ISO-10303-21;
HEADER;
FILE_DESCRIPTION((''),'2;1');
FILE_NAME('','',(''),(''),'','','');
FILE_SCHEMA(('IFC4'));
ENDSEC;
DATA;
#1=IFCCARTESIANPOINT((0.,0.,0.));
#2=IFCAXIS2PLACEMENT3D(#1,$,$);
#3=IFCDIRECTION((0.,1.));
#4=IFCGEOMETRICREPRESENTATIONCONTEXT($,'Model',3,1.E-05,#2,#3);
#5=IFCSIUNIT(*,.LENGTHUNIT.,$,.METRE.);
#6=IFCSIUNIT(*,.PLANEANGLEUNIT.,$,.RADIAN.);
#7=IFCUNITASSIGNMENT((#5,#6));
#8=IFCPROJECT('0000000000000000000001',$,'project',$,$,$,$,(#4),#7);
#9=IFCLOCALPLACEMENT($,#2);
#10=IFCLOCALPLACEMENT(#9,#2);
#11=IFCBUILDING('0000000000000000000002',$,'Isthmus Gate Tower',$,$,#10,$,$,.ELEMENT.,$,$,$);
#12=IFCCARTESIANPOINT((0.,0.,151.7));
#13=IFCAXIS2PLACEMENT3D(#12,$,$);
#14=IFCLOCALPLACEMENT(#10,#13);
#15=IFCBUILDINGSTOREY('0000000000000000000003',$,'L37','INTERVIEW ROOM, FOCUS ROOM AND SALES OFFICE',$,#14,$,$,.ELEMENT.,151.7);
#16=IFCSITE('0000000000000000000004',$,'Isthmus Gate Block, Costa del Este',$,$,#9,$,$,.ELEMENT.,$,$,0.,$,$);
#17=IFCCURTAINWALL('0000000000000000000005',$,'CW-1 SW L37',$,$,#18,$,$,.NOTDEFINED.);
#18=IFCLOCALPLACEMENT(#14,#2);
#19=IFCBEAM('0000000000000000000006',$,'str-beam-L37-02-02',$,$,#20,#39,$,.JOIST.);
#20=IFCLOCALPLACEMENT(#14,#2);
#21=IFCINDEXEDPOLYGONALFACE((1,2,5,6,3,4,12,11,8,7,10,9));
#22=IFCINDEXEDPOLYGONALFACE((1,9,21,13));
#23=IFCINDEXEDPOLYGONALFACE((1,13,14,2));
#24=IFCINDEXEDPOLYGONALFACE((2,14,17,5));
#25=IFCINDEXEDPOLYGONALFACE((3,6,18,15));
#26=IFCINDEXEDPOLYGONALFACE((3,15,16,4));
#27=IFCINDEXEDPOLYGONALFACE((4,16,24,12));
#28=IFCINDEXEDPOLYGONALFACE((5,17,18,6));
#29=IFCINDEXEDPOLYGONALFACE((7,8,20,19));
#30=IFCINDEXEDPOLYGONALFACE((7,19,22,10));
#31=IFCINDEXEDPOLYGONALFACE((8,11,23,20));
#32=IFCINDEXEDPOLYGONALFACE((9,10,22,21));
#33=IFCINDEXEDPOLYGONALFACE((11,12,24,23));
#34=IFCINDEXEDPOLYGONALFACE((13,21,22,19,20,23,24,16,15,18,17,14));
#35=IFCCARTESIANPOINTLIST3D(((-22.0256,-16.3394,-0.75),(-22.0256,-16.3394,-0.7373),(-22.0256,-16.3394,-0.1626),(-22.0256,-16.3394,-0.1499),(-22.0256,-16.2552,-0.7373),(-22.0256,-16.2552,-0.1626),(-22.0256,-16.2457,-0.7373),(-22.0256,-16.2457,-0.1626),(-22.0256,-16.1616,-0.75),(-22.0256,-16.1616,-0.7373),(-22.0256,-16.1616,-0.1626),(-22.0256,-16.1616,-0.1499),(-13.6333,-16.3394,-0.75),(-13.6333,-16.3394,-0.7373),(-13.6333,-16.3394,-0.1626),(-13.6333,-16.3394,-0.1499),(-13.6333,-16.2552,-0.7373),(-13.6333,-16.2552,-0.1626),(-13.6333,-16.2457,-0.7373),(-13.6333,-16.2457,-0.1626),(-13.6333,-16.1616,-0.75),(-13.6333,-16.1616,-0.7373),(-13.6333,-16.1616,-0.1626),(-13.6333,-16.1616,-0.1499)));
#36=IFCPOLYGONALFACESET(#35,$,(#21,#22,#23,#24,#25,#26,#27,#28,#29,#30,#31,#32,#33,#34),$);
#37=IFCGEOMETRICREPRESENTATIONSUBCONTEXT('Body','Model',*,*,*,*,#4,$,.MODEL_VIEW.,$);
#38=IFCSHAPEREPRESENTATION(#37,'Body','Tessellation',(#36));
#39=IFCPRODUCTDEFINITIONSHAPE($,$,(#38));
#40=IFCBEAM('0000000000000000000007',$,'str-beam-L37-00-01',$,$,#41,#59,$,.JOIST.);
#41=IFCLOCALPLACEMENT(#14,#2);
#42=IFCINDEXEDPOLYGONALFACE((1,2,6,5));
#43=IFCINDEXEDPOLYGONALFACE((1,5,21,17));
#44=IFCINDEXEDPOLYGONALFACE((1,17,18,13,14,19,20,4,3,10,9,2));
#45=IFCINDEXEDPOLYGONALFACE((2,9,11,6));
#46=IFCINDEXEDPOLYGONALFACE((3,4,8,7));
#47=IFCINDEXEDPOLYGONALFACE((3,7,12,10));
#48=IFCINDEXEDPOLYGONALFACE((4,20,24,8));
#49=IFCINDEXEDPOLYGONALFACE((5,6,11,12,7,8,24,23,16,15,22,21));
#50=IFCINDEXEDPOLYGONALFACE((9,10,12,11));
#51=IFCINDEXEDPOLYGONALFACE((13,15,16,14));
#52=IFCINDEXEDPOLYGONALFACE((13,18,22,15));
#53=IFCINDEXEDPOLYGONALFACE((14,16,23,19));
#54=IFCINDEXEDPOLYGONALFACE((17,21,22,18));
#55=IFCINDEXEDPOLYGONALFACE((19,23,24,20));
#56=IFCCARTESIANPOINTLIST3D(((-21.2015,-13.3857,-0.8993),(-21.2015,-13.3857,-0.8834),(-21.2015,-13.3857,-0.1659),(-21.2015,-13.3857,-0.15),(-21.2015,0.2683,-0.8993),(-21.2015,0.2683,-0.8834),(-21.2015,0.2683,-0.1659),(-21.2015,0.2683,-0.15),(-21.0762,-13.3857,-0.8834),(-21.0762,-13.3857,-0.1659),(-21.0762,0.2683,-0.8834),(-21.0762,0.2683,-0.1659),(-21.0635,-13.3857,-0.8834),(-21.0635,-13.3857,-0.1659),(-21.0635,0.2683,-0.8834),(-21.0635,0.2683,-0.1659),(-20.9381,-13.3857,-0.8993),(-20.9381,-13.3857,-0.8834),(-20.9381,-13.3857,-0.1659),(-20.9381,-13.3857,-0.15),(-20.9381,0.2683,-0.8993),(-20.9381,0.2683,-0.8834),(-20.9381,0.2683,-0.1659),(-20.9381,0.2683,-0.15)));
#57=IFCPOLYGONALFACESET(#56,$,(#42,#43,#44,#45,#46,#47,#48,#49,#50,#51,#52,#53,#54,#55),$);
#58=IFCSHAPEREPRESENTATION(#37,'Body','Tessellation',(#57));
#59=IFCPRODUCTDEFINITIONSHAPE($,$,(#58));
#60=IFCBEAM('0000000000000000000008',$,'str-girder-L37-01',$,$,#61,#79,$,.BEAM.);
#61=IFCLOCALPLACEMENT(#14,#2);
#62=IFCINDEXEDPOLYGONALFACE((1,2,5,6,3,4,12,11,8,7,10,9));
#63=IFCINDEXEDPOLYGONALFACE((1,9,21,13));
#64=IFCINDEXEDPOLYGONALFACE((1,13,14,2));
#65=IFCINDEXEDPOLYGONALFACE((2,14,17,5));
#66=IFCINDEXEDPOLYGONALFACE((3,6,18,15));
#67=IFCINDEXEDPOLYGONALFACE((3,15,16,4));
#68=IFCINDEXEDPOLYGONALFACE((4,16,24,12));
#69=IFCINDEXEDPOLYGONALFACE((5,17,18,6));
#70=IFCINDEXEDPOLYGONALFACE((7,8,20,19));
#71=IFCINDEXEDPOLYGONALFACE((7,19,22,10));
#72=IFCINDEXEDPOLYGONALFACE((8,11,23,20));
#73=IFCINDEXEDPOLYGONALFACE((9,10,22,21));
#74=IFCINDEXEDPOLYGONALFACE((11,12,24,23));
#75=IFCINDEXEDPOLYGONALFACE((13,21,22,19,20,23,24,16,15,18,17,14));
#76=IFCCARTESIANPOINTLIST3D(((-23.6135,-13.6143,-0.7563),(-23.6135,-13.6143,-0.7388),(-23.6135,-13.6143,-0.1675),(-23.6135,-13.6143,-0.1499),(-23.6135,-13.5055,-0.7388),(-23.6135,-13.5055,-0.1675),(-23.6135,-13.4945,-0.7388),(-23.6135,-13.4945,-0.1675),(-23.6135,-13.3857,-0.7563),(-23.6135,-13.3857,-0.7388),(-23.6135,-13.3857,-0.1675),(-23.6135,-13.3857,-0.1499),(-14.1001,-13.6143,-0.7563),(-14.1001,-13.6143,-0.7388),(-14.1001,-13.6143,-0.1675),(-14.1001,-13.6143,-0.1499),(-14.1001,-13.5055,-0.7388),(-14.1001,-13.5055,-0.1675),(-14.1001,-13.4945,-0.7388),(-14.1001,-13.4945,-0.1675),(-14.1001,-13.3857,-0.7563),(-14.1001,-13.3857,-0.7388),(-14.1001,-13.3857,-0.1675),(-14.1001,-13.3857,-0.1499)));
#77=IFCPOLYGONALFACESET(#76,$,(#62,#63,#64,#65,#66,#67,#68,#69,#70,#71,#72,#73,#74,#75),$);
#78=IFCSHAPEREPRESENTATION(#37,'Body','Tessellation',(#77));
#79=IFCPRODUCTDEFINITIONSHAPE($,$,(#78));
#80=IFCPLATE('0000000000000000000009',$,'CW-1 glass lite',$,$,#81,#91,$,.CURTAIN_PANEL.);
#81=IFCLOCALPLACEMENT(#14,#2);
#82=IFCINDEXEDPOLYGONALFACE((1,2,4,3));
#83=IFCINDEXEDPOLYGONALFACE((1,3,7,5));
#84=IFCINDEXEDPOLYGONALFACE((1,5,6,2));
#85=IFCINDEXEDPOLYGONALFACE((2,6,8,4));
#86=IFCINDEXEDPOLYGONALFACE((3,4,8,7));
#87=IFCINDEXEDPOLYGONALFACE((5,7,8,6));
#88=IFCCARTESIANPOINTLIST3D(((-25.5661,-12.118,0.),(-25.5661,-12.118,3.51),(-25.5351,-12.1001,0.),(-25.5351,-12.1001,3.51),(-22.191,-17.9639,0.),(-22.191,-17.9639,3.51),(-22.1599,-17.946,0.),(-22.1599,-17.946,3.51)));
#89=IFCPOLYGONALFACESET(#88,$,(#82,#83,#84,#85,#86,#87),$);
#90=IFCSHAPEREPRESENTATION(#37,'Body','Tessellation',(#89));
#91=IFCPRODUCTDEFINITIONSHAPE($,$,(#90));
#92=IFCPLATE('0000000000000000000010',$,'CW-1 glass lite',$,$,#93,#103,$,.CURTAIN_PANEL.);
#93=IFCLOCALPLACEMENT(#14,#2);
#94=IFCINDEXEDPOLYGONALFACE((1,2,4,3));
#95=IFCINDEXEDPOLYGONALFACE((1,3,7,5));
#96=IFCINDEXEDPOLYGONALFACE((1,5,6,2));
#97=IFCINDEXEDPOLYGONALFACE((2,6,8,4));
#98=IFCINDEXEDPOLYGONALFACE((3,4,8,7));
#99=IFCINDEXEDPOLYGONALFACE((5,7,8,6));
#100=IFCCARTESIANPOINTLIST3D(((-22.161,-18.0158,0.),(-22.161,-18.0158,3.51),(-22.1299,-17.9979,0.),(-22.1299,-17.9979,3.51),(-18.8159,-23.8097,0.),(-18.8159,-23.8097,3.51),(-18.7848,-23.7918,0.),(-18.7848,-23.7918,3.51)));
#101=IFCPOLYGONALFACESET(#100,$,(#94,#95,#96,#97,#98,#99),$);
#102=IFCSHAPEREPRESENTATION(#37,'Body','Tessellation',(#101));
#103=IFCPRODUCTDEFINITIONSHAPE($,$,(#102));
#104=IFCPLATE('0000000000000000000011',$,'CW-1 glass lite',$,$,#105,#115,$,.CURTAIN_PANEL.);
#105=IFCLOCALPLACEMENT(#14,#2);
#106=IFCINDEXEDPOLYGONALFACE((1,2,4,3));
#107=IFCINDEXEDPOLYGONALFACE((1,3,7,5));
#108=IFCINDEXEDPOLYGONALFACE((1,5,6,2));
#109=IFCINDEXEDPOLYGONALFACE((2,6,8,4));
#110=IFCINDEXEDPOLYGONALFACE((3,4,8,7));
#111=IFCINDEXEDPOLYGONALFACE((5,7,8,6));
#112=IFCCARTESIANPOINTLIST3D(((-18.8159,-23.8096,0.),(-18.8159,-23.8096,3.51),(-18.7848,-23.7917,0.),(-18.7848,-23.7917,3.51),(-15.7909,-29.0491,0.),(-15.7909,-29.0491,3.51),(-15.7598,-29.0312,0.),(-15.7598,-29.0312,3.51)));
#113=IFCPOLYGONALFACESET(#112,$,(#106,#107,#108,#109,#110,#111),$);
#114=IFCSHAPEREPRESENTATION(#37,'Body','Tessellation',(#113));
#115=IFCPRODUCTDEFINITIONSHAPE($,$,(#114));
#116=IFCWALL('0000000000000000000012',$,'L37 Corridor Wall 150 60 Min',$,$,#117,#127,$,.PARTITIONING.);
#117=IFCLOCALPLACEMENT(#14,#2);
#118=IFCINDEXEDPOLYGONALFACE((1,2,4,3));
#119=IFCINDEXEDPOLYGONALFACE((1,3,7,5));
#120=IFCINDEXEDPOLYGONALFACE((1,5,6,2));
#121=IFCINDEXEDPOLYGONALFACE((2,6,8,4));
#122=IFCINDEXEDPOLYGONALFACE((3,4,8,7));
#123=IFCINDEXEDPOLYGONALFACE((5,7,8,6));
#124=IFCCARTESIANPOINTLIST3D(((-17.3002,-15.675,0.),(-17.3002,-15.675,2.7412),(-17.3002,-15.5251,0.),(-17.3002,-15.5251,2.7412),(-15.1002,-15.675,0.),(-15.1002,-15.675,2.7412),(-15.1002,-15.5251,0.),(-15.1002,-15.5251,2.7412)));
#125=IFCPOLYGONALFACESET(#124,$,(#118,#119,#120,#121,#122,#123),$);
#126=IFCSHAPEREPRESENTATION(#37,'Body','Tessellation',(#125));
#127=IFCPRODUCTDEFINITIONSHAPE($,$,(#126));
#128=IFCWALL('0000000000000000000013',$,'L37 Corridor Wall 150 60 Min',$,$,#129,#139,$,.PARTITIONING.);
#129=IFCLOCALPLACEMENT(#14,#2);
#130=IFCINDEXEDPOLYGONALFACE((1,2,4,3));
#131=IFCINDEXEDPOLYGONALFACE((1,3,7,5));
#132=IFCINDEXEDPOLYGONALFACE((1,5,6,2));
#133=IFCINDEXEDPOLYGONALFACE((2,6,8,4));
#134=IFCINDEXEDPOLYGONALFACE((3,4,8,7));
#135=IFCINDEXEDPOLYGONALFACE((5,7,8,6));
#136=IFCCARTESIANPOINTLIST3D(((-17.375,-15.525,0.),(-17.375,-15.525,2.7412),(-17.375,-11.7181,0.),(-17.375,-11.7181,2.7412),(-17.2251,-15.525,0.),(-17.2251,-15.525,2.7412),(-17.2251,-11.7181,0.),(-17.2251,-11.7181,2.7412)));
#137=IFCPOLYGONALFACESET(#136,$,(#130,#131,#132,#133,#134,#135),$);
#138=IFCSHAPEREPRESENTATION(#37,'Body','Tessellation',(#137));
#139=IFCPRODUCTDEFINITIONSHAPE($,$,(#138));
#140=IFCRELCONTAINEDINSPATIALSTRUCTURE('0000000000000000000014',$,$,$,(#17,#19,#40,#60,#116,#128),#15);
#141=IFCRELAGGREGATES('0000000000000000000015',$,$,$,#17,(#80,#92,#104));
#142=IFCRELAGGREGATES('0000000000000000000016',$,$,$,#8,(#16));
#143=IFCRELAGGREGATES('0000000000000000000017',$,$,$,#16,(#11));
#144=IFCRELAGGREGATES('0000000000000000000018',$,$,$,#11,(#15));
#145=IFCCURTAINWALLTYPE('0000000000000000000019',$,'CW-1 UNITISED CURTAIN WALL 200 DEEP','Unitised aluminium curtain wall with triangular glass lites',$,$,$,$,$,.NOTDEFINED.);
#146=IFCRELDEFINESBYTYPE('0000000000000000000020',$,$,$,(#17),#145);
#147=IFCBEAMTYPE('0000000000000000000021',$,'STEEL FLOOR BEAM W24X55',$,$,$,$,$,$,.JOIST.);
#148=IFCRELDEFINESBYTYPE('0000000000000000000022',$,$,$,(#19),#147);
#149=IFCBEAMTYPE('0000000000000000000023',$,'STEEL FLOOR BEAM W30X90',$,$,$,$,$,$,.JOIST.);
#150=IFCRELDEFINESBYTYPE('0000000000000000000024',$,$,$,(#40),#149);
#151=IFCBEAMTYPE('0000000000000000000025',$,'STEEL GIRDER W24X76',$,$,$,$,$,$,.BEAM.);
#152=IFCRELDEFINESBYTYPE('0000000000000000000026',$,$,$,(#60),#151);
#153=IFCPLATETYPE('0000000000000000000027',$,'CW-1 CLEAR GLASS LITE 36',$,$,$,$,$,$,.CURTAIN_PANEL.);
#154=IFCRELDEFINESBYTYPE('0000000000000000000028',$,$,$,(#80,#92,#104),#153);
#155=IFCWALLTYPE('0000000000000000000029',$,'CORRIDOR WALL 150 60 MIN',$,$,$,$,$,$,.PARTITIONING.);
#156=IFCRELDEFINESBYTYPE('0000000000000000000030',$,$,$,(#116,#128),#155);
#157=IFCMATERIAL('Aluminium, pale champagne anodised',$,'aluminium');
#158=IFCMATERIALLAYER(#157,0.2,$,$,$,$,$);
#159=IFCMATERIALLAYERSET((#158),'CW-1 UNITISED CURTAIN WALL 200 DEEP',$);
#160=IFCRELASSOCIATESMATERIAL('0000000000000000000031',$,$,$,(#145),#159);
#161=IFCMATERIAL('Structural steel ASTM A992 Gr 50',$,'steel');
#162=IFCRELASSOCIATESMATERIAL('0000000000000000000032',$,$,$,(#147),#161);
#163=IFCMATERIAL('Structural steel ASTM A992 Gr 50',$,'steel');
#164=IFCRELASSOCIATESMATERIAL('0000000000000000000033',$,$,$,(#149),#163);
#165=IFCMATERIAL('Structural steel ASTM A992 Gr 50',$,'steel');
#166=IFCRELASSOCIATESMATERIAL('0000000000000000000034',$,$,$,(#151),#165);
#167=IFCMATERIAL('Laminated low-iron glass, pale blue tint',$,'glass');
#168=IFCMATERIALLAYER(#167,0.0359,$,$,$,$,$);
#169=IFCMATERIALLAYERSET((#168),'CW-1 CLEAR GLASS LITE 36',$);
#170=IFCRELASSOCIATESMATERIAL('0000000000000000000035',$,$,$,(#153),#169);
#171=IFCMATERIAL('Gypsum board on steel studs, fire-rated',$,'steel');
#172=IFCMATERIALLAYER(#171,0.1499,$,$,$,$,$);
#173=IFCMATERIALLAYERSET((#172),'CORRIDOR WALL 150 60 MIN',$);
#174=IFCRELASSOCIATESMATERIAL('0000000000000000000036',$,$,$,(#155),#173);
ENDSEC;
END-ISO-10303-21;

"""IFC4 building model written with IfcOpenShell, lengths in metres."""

from ifc_helpers import new_model, si_unit, direction, frame, frame_2d, origin, origin_2d, place, context, subcontext, project, spatial, rectangle, i_section, extrude, material, layer, layer_set, material_profile, profile_set, type_object, element, aggregate, save


model = new_model("IFC4")

# Units and contexts
model_context = context("Model", 3, precision=1e-05, world=origin(), true_north=direction((0.0, 1.0)))
body_context = subcontext(model_context, "Body", "Model", "MODEL_VIEW")
ifc_project = project(units=[si_unit("LENGTHUNIT", "METRE"), si_unit("PLANEANGLEUNIT", "RADIAN")], contexts=[model_context])

# Site, building, storey
site_placement = place(None, origin())
site = spatial("IfcSite", under=ifc_project, at=site_placement, Name="Isthmus Gate Block, Costa del Este", CompositionType="ELEMENT", RefElevation=0.0)
building_placement = place(site_placement, origin())
building = spatial("IfcBuilding", under=site, at=building_placement, Name="Isthmus Gate Tower", CompositionType="ELEMENT")
storey_placement = place(building_placement, frame((0.0, 0.0, 151.7)))
storey = spatial("IfcBuildingStorey", under=building, at=storey_placement, Name="L37", Description="INTERVIEW ROOM, FOCUS ROOM AND SALES OFFICE", CompositionType="ELEMENT", Elevation=151.7)

# Curtain wall
ifc_material_1 = material(Name="Aluminium, pale champagne anodised", Category="aluminium")
ifc_layer_1 = layer(ifc_material_1, 0.2)
ifc_layer_set_1 = layer_set([ifc_layer_1], Name="CW-1 UNITISED CURTAIN WALL 200 DEEP")
curtain_wall_type = type_object("IfcCurtainWallType", Name="CW-1 UNITISED CURTAIN WALL 200 DEEP", Description="Unitised aluminium curtain wall with triangular glass lites", PredefinedType="NOTDEFINED", material=ifc_layer_set_1)
curtain_wall_1_placement = place(storey_placement, origin())
curtain_wall_1 = element("IfcCurtainWall", 1, at=curtain_wall_1_placement, inside=storey, type_object=curtain_wall_type, Name="CW-1 SW L37", PredefinedType="NOTDEFINED")

# Beams
ifc_material_2 = material(Name="Structural steel ASTM A992 Gr 50", Category="steel")
ifc_material_profile_1 = material_profile(ifc_material_2, i_section(OverallWidth=0.1777, OverallDepth=0.6001, WebThickness=0.0095, FlangeThickness=0.0127, at=origin_2d()), Name="W24X55")
ifc_profile_set_1 = profile_set([ifc_material_profile_1], Name="Structural steel ASTM A992 Gr 50")
beam_type_1 = type_object("IfcBeamType", Name="STEEL FLOOR BEAM W24X55", PredefinedType="JOIST", material=ifc_profile_set_1)
beam_1_placement = place(storey_placement, frame((-22.0256, -16.2505, -0.45), z_axis=(1.0, 0.0, 0.0), x_axis=(0.0, 1.0, 0.0)))
element("IfcBeam", 2, at=beam_1_placement, inside=storey, type_object=beam_type_1, Name="str-beam-L37-02-02", PredefinedType="JOIST", context=body_context, shape_type="SweptSolid", body=[
    extrude(i_section(OverallWidth=0.1777, OverallDepth=0.6001, WebThickness=0.0095, FlangeThickness=0.0127, at=origin_2d()), origin(), (0.0, 0.0, 1.0), 8.3923),
])
ifc_material_3 = material(Name="Structural steel ASTM A992 Gr 50", Category="steel")
ifc_material_profile_2 = material_profile(ifc_material_3, i_section(OverallWidth=0.2634, OverallDepth=0.7493, WebThickness=0.0127, FlangeThickness=0.0159, at=origin_2d()), Name="W30X90")
ifc_profile_set_2 = profile_set([ifc_material_profile_2], Name="Structural steel ASTM A992 Gr 50")
beam_type_2 = type_object("IfcBeamType", Name="STEEL FLOOR BEAM W30X90", PredefinedType="JOIST", material=ifc_profile_set_2)
beam_2_placement = place(storey_placement, frame((-21.0698, -13.3857, -0.5247), z_axis=(0.0, 1.0, 0.0), x_axis=(-1.0, 0.0, 0.0)))
element("IfcBeam", 3, at=beam_2_placement, inside=storey, type_object=beam_type_2, Name="str-beam-L37-00-01", PredefinedType="JOIST", context=body_context, shape_type="SweptSolid", body=[
    extrude(i_section(OverallWidth=0.2634, OverallDepth=0.7493, WebThickness=0.0127, FlangeThickness=0.0159, at=origin_2d()), origin(), (0.0, 0.0, 1.0), 13.6541),
])
ifc_material_4 = material(Name="Structural steel ASTM A992 Gr 50", Category="steel")
ifc_material_profile_3 = material_profile(ifc_material_4, i_section(OverallWidth=0.2285, OverallDepth=0.6064, WebThickness=0.011, FlangeThickness=0.0176, at=origin_2d()), Name="W24X76")
ifc_profile_set_3 = profile_set([ifc_material_profile_3], Name="Structural steel ASTM A992 Gr 50")
beam_type_3 = type_object("IfcBeamType", Name="STEEL GIRDER W24X76", PredefinedType="BEAM", material=ifc_profile_set_3)
beam_3_placement = place(storey_placement, frame((-23.6135, -13.5, -0.4531), z_axis=(1.0, 0.0, 0.0), x_axis=(0.0, 1.0, 0.0)))
element("IfcBeam", 4, at=beam_3_placement, inside=storey, type_object=beam_type_3, Name="str-girder-L37-01", PredefinedType="BEAM", context=body_context, shape_type="SweptSolid", body=[
    extrude(i_section(OverallWidth=0.2285, OverallDepth=0.6064, WebThickness=0.011, FlangeThickness=0.0176, at=origin_2d()), origin(), (0.0, 0.0, 1.0), 9.5134),
])

# Plates
ifc_material_5 = material(Name="Laminated low-iron glass, pale blue tint", Category="glass")
ifc_layer_2 = layer(ifc_material_5, 0.0359)
ifc_layer_set_2 = layer_set([ifc_layer_2], Name="CW-1 CLEAR GLASS LITE 36")
plate_type = type_object("IfcPlateType", Name="CW-1 CLEAR GLASS LITE 36", PredefinedType="CURTAIN_PANEL", material=ifc_layer_set_2)
plate_1_placement = place(storey_placement, frame((-23.863, -15.032, 0.0), z_axis=(0.0, 0.0, 1.0), x_axis=(0.5, -0.866025, 0.0)))
plate_1 = element("IfcPlate", 5, at=plate_1_placement, type_object=plate_type, Name="CW-1 glass lite", PredefinedType="CURTAIN_PANEL", context=body_context, shape_type="SweptSolid", body=[
    extrude(rectangle(XDim=6.7502, YDim=0.0359, at=origin_2d()), origin(), (0.0, 0.0, 1.0), 3.51),
])
plate_2_placement = place(storey_placement, frame((-20.4729, -20.9038, 0.0), z_axis=(0.0, 0.0, 1.0), x_axis=(0.5, -0.866025, 0.0)))
plate_2 = element("IfcPlate", 6, at=plate_2_placement, type_object=plate_type, Name="CW-1 glass lite", PredefinedType="CURTAIN_PANEL", context=body_context, shape_type="SweptSolid", body=[
    extrude(rectangle(XDim=6.6902, YDim=0.0359, at=origin_2d()), origin(), (0.0, 0.0, 1.0), 3.51),
])
plate_3_placement = place(storey_placement, frame((-17.2878, -26.4204, 0.0), z_axis=(0.0, 0.0, 1.0), x_axis=(0.5, -0.866025, 0.0)))
plate_3 = element("IfcPlate", 7, at=plate_3_placement, type_object=plate_type, Name="CW-1 glass lite", PredefinedType="CURTAIN_PANEL", context=body_context, shape_type="SweptSolid", body=[
    extrude(rectangle(XDim=6.05, YDim=0.0359, at=origin_2d()), origin(), (0.0, 0.0, 1.0), 3.51),
])
aggregate(curtain_wall_1, [plate_1, plate_2, plate_3])

# Walls
ifc_material_6 = material(Name="Gypsum board on steel studs, fire-rated", Category="steel")
ifc_layer_3 = layer(ifc_material_6, 0.1499)
ifc_layer_set_3 = layer_set([ifc_layer_3], Name="CORRIDOR WALL 150 60 MIN")
wall_type = type_object("IfcWallType", Name="CORRIDOR WALL 150 60 MIN", PredefinedType="PARTITIONING", material=ifc_layer_set_3)
wall_1_placement = place(storey_placement, frame((-15.1001, -15.6001, 0.0), z_axis=(0.0, 0.0, 1.0), x_axis=(-1.0, 0.0, 0.0)))
element("IfcWall", 8, at=wall_1_placement, inside=storey, type_object=wall_type, Name="L37 Corridor Wall 150 60 Min", PredefinedType="PARTITIONING", context=body_context, shape_type="SweptSolid", body=[
    extrude(rectangle(XDim=2.2, YDim=0.1499, at=frame_2d((1.1001, 0.0))), origin(), (0.0, 0.0, 1.0), 2.7412),
])
wall_2_placement = place(storey_placement, frame((-17.3, -15.5249, 0.0), z_axis=(0.0, 0.0, 1.0), x_axis=(0.0, 1.0, 0.0)))
element("IfcWall", 9, at=wall_2_placement, inside=storey, type_object=wall_type, Name="L37 Corridor Wall 150 60 Min", PredefinedType="PARTITIONING", context=body_context, shape_type="SweptSolid", body=[
    extrude(rectangle(XDim=3.8069, YDim=0.1499, at=frame_2d((1.9033, 0.0))), origin(), (0.0, 0.0, 1.0), 2.7412),
])

save(model, "model.ifc")
